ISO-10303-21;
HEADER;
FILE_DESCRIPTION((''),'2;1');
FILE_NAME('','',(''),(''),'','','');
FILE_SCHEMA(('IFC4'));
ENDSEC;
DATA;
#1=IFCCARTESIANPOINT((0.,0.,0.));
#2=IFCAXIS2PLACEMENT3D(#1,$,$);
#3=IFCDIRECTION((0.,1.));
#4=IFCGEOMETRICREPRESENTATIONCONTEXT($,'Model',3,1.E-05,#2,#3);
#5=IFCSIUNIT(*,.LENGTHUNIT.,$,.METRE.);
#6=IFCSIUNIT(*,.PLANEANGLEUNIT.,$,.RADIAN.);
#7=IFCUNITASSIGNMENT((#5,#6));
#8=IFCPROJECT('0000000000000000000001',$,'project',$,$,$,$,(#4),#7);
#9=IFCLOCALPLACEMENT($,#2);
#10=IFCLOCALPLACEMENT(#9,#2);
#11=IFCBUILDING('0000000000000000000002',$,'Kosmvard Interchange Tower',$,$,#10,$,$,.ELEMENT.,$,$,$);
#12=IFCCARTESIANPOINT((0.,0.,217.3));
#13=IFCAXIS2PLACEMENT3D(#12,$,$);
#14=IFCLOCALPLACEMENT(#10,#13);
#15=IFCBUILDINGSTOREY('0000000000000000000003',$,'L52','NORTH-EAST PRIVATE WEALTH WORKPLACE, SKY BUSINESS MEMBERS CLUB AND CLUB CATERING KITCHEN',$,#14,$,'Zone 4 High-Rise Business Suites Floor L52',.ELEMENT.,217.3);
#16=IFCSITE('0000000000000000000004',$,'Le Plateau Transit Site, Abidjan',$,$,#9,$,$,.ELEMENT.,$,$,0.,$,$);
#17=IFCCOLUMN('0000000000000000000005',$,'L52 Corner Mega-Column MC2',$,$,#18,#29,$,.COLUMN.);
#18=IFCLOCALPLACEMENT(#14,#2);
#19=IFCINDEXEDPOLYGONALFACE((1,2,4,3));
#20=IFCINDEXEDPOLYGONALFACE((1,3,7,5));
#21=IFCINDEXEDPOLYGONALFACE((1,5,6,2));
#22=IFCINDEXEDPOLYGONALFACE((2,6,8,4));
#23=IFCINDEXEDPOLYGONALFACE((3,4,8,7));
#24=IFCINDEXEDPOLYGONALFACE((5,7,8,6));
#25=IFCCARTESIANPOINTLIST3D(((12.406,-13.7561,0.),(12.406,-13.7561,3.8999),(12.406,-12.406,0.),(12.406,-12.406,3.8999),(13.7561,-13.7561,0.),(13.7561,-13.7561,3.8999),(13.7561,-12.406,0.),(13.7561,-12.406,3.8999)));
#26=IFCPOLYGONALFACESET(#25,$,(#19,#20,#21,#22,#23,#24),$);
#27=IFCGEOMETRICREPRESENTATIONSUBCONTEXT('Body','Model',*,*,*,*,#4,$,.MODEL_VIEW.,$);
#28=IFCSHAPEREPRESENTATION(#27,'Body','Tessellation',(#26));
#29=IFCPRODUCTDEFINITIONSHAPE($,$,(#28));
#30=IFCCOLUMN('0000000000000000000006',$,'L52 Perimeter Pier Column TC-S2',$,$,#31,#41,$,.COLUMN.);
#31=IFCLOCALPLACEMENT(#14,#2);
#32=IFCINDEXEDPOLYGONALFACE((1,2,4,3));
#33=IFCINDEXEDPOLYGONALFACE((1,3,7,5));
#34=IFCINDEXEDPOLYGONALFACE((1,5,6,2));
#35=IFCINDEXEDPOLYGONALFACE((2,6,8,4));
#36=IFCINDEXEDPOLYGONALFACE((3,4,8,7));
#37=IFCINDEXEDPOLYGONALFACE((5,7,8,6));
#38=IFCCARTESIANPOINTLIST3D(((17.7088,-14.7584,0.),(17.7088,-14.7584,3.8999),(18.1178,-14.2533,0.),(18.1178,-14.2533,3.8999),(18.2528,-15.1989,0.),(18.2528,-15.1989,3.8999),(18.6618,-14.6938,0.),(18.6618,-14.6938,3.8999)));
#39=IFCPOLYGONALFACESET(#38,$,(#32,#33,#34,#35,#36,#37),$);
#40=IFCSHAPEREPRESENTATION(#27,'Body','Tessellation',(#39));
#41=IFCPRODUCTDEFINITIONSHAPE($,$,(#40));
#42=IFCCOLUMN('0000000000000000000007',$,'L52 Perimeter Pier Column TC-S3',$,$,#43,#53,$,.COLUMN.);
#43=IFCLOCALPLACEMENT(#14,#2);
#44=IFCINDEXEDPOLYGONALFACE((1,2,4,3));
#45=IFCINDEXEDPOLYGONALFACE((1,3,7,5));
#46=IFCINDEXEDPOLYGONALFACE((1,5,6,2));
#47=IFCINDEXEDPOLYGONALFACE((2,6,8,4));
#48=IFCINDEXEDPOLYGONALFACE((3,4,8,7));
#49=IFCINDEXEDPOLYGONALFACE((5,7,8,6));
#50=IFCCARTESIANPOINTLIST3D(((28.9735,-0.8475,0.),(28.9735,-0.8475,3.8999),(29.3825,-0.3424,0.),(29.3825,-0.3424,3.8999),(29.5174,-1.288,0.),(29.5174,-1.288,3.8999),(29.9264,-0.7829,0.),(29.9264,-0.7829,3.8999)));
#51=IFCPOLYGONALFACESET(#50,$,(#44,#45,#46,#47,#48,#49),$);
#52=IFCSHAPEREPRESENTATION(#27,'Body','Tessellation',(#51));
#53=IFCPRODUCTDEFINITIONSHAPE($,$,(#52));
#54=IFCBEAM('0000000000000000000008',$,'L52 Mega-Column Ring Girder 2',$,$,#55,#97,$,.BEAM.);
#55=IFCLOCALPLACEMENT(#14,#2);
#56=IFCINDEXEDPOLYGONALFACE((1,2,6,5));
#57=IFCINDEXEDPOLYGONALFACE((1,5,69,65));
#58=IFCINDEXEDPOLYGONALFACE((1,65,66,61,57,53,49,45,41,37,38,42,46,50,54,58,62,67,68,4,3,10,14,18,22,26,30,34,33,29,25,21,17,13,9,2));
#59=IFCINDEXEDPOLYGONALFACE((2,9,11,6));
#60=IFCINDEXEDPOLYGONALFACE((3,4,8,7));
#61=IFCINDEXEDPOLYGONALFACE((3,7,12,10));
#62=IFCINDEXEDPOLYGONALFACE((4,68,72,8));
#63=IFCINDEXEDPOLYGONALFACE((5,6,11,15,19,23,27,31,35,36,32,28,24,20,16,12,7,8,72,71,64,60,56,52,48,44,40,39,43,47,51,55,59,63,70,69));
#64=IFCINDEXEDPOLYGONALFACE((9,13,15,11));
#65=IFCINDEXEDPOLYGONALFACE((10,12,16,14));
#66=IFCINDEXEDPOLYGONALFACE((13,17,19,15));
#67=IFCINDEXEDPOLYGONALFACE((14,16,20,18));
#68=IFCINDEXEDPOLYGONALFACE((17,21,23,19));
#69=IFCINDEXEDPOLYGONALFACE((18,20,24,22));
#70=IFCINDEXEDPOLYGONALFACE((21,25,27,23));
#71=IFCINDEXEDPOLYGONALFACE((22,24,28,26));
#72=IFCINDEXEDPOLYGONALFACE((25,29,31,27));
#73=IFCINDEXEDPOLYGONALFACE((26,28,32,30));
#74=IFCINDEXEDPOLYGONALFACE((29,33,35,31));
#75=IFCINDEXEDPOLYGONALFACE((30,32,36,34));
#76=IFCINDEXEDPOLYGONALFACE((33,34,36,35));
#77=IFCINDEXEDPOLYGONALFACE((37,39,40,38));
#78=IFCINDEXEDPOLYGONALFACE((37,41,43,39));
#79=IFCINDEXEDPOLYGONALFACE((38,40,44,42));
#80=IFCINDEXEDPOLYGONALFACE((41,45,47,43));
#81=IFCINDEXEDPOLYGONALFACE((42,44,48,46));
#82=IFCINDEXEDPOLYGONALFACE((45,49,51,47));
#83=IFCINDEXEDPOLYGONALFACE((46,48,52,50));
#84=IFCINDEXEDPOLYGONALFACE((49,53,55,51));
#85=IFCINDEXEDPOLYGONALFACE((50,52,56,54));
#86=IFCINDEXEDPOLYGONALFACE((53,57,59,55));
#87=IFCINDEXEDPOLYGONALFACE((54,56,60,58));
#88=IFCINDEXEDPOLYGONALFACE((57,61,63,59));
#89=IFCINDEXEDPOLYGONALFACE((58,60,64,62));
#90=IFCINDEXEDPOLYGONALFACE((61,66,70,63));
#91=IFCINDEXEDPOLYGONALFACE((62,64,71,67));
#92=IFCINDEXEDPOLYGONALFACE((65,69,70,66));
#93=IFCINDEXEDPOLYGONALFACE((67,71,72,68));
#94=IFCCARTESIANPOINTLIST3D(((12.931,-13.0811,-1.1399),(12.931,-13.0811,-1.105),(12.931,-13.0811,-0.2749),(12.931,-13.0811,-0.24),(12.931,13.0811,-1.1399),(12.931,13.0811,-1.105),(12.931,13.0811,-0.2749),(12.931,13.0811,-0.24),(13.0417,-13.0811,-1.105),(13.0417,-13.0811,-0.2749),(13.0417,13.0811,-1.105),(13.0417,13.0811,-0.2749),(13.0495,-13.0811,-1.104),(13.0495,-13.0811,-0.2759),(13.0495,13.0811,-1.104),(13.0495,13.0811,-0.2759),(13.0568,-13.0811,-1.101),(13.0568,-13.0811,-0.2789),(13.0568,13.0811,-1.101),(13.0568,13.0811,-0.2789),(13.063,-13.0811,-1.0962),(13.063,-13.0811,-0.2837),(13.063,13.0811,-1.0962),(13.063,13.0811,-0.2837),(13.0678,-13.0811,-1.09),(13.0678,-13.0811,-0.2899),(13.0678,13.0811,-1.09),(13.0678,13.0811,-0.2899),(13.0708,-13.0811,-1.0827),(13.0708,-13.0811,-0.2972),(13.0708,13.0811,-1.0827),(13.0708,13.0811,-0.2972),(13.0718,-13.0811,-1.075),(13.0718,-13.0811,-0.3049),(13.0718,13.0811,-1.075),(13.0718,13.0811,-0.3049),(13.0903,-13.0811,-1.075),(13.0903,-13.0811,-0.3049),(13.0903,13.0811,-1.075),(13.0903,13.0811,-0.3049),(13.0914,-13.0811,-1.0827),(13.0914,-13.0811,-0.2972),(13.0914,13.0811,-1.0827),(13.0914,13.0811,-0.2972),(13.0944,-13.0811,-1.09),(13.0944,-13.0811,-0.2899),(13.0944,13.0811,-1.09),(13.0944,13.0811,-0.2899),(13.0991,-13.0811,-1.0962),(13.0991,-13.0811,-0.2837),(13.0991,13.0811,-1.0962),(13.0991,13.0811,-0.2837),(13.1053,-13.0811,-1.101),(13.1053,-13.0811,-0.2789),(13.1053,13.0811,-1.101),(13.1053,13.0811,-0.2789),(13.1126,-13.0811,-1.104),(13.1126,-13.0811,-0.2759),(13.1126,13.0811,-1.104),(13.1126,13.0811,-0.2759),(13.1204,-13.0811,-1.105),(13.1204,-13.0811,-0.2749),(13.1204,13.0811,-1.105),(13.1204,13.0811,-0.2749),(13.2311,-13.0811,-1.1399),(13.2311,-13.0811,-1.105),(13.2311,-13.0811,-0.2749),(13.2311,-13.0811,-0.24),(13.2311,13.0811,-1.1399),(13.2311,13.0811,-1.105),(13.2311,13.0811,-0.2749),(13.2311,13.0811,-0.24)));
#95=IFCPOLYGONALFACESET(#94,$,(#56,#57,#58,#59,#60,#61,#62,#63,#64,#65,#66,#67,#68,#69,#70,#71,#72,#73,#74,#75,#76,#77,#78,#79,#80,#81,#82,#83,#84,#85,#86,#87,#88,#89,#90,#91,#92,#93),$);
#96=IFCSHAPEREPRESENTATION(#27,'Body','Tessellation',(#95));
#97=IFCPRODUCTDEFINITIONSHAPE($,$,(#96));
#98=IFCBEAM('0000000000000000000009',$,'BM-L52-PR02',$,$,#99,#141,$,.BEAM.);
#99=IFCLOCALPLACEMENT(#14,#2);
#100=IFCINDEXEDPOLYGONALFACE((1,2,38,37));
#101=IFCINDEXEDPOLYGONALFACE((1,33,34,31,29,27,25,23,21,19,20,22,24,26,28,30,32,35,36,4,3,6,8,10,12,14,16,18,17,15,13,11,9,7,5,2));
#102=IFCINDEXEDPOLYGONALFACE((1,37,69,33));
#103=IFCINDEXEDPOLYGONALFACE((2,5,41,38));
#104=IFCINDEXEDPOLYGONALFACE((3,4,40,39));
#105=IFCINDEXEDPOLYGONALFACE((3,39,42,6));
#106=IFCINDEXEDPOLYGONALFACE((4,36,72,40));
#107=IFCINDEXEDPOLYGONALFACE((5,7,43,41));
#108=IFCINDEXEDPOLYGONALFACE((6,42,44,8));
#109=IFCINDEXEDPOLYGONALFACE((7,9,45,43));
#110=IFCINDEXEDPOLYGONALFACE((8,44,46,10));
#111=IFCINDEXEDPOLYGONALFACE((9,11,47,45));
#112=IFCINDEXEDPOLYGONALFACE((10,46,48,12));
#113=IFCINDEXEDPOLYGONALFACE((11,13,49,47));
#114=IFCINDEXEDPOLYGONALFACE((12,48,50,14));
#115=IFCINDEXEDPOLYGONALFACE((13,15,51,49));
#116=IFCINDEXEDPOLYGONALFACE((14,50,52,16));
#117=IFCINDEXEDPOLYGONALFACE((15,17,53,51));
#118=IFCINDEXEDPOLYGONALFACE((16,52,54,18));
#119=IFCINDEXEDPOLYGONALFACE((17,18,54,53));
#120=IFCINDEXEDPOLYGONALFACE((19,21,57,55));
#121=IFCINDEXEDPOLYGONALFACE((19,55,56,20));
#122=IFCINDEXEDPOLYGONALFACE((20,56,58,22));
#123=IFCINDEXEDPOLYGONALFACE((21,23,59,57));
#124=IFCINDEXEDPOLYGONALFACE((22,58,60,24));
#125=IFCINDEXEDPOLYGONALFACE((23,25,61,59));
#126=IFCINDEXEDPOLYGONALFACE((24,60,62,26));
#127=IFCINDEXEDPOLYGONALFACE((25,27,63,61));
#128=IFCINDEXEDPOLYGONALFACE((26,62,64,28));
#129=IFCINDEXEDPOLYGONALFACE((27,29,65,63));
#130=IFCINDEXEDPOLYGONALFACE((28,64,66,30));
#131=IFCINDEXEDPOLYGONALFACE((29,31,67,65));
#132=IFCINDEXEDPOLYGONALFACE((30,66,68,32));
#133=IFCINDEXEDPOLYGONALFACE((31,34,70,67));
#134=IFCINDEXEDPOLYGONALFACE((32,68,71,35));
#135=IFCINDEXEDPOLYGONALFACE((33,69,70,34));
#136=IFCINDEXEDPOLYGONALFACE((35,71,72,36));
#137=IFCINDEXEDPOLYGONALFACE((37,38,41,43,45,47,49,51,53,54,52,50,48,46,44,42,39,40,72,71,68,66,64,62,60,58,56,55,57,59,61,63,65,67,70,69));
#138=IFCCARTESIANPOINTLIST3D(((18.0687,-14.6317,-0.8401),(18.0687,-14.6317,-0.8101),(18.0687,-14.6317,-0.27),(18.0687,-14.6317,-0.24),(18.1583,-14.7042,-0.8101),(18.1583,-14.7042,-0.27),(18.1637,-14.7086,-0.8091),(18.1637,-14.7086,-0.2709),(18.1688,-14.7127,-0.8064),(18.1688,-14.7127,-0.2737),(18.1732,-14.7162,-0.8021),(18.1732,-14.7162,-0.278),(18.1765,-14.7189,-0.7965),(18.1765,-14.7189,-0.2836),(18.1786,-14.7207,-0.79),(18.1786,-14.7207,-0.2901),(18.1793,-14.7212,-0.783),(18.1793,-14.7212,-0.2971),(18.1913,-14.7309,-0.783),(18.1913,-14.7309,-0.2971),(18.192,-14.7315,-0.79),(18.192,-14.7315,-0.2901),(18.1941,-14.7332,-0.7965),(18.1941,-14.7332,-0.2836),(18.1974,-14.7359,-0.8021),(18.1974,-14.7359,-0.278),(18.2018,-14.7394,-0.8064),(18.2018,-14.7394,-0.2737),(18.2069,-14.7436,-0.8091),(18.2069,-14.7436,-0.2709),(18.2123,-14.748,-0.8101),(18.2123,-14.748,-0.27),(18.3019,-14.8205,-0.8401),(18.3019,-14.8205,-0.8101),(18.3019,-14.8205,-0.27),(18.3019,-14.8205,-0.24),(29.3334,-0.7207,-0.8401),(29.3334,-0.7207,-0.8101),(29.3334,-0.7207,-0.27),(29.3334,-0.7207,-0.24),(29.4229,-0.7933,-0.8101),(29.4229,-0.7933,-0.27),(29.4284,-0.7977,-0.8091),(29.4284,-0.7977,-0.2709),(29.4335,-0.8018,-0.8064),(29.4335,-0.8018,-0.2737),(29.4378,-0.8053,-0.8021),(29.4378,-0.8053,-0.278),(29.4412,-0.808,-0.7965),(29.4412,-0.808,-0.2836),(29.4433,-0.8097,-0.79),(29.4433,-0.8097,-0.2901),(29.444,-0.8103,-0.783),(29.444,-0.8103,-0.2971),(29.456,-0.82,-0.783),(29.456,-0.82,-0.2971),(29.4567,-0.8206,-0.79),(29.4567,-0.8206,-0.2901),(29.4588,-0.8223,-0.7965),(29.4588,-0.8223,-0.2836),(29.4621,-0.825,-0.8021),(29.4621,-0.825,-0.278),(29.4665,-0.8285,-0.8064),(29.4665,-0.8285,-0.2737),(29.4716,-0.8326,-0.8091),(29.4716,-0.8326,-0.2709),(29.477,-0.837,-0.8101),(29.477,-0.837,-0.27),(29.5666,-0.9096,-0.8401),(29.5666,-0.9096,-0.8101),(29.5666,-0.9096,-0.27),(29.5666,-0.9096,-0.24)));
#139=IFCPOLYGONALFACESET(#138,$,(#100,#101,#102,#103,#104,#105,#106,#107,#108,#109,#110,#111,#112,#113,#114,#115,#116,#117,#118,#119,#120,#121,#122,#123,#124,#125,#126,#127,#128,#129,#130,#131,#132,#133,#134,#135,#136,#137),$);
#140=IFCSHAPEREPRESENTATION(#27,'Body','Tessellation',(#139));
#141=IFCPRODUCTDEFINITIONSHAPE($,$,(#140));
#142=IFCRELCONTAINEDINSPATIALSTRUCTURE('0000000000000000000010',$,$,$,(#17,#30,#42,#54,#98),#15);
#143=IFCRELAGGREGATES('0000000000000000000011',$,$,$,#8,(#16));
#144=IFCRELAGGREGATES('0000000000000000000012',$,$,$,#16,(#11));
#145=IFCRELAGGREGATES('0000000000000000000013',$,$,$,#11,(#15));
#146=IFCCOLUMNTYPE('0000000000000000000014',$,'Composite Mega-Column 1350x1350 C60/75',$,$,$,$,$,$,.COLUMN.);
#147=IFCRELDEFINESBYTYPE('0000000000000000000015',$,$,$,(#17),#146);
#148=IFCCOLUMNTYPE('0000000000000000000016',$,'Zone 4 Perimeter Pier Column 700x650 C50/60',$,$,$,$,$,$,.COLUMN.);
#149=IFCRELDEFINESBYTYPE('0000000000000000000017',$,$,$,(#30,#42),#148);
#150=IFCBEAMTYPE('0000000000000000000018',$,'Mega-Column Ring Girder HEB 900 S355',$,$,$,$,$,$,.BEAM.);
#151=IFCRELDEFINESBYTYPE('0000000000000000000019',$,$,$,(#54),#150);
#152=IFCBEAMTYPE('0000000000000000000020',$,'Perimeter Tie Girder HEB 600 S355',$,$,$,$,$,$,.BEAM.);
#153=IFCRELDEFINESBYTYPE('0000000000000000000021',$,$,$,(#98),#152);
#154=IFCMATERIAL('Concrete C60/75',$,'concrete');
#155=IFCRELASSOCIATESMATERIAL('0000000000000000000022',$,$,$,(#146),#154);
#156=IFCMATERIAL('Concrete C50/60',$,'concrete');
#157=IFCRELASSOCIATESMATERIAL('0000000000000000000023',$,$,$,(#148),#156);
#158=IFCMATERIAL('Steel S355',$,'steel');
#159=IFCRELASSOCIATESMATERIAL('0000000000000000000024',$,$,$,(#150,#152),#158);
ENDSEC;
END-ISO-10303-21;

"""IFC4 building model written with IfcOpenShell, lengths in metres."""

from ifc_helpers import new_model, si_unit, direction, frame, origin, origin_2d, place, context, subcontext, project, spatial, rectangle, i_section, extrude, source, transform, mapped, material, material_profile, profile_set, type_object, element, save


model = new_model("IFC4")

# Units and contexts
model_context = context("Model", 3, precision=1e-05, world=origin(), true_north=direction((0.0, 1.0)))
body_context = subcontext(model_context, "Body", "Model", "MODEL_VIEW")
ifc_project = project(units=[si_unit("LENGTHUNIT", "METRE"), si_unit("PLANEANGLEUNIT", "RADIAN")], contexts=[model_context])

# Site, building, storey
site_placement = place(None, origin())
site = spatial("IfcSite", under=ifc_project, at=site_placement, Name="Le Plateau Transit Site, Abidjan", CompositionType="ELEMENT", RefElevation=0.0)
building_placement = place(site_placement, origin())
building = spatial("IfcBuilding", under=site, at=building_placement, Name="Kosmvard Interchange Tower", CompositionType="ELEMENT")
storey_placement = place(building_placement, frame((0.0, 0.0, 217.3)))
storey = spatial("IfcBuildingStorey", under=building, at=storey_placement, Name="L52", Description="NORTH-EAST PRIVATE WEALTH WORKPLACE, SKY BUSINESS MEMBERS CLUB AND CLUB CATERING KITCHEN", LongName="Zone 4 High-Rise Business Suites Floor L52", CompositionType="ELEMENT", Elevation=217.3)

# Columns
ifc_material_1 = material(Name="Concrete C60/75", Category="concrete")
ifc_material_profile_1 = material_profile(ifc_material_1, rectangle(XDim=1.3501, YDim=1.3501, at=origin_2d()), Name="MC 1350x1350")
ifc_profile_set_1 = profile_set([ifc_material_profile_1], Name="Concrete C60/75")
column_type_1 = type_object("IfcColumnType", Name="Composite Mega-Column 1350x1350 C60/75", PredefinedType="COLUMN", material=ifc_profile_set_1)
shared_shape_1 = source(origin(), body_context, "Body", "SweptSolid", [
    extrude(rectangle(XDim=1.3501, YDim=1.3501, at=origin_2d()), origin(), (0.0, 0.0, 1.0), 3.8999),
])
column_placement = place(storey_placement, frame((13.0811, -13.0811, 0.0), z_axis=(0.0, 0.0, 1.0), x_axis=(1.0, 0.0, 0.0)))
element("IfcColumn", 1, at=column_placement, inside=storey, type_object=column_type_1, Name="L52 Corner Mega-Column MC2", PredefinedType="COLUMN", context=body_context, shape_type="MappedRepresentation", body=[
    mapped(shared_shape_1, transform((0.0, 0.0, 0.0), scale=1.0)),
])
ifc_material_2 = material(Name="Concrete C50/60", Category="concrete")
ifc_material_profile_2 = material_profile(ifc_material_2, rectangle(XDim=0.6499, YDim=0.7, at=origin_2d()), Name="TC 700x650")
ifc_profile_set_2 = profile_set([ifc_material_profile_2], Name="Concrete C50/60")
column_type_2 = type_object("IfcColumnType", Name="Zone 4 Perimeter Pier Column 700x650 C50/60", PredefinedType="COLUMN", material=ifc_profile_set_2)
shared_shape_2 = source(origin(), body_context, "Body", "SweptSolid", [
    extrude(rectangle(XDim=0.6499, YDim=0.7, at=origin_2d()), origin(), (0.0, 0.0, 1.0), 3.8999),
])
for number, where, z_axis, x_axis, name in (
    (2, (18.1853, -14.7261, 0.0), (0.0, 0.0, 1.0), (0.62932, 0.777146, 0.0), "L52 Perimeter Pier Column TC-S2"),
    (3, (29.45, -0.8152, 0.0), (0.0, 0.0, 1.0), (0.62932, 0.777146, 0.0), "L52 Perimeter Pier Column TC-S3"),
):
    element("IfcColumn", number, at=place(storey_placement, frame(where, z_axis=z_axis, x_axis=x_axis)), inside=storey, type_object=column_type_2, Name=name, PredefinedType="COLUMN", context=body_context, shape_type="MappedRepresentation", body=[
        mapped(shared_shape_2, transform((0.0, 0.0, 0.0), scale=1.0)),
    ])

# Beams
ifc_material_3 = material(Name="Steel S355", Category="steel")
ifc_material_profile_3 = material_profile(ifc_material_3, i_section(OverallWidth=0.3, OverallDepth=0.8999, WebThickness=0.0186, FlangeThickness=0.0349, FilletRadius=0.03, at=origin_2d()), Name="HEB 900")
ifc_profile_set_3 = profile_set([ifc_material_profile_3], Name="Steel S355")
beam_type_1 = type_object("IfcBeamType", Name="Mega-Column Ring Girder HEB 900 S355", PredefinedType="BEAM", material=ifc_profile_set_3)
shared_shape_3 = source(origin(), body_context, "Body", "SweptSolid", [
    extrude(i_section(OverallWidth=0.3, OverallDepth=0.8999, WebThickness=0.0186, FlangeThickness=0.0349, FilletRadius=0.03, at=origin_2d()), origin(), (0.0, 0.0, 1.0), 26.1621),
])
beam_1_placement = place(storey_placement, frame((13.0811, -13.0811, -0.6899), z_axis=(0.0, 1.0, 0.0), x_axis=(-1.0, 0.0, 0.0)))
element("IfcBeam", 4, at=beam_1_placement, inside=storey, type_object=beam_type_1, Name="L52 Mega-Column Ring Girder 2", PredefinedType="BEAM", context=body_context, shape_type="MappedRepresentation", body=[
    mapped(shared_shape_3, transform((0.0, 0.0, 0.0), scale=1.0)),
])
ifc_material_profile_4 = material_profile(ifc_material_3, i_section(OverallWidth=0.3, OverallDepth=0.6001, WebThickness=0.0154, FlangeThickness=0.03, FilletRadius=0.0271, at=origin_2d()), Name="HEB 600")
ifc_profile_set_4 = profile_set([ifc_material_profile_4], Name="Steel S355")
beam_type_2 = type_object("IfcBeamType", Name="Perimeter Tie Girder HEB 600 S355", PredefinedType="BEAM", material=ifc_profile_set_4)
shared_shape_4 = source(origin(), body_context, "Body", "SweptSolid", [
    extrude(i_section(OverallWidth=0.3, OverallDepth=0.6001, WebThickness=0.0154, FlangeThickness=0.03, FilletRadius=0.0271, at=origin_2d()), origin(), (0.0, 0.0, 1.0), 17.8999),
])
beam_2_placement = place(storey_placement, frame((18.1853, -14.7261, -0.54), z_axis=(0.629315, 0.777151, 0.0), x_axis=(-0.777151, 0.629315, 0.0)))
element("IfcBeam", 5, at=beam_2_placement, inside=storey, type_object=beam_type_2, Name="BM-L52-PR02", PredefinedType="BEAM", context=body_context, shape_type="MappedRepresentation", body=[
    mapped(shared_shape_4, transform((0.0, 0.0, 0.0), scale=1.0)),
])

save(model, "model.ifc")
